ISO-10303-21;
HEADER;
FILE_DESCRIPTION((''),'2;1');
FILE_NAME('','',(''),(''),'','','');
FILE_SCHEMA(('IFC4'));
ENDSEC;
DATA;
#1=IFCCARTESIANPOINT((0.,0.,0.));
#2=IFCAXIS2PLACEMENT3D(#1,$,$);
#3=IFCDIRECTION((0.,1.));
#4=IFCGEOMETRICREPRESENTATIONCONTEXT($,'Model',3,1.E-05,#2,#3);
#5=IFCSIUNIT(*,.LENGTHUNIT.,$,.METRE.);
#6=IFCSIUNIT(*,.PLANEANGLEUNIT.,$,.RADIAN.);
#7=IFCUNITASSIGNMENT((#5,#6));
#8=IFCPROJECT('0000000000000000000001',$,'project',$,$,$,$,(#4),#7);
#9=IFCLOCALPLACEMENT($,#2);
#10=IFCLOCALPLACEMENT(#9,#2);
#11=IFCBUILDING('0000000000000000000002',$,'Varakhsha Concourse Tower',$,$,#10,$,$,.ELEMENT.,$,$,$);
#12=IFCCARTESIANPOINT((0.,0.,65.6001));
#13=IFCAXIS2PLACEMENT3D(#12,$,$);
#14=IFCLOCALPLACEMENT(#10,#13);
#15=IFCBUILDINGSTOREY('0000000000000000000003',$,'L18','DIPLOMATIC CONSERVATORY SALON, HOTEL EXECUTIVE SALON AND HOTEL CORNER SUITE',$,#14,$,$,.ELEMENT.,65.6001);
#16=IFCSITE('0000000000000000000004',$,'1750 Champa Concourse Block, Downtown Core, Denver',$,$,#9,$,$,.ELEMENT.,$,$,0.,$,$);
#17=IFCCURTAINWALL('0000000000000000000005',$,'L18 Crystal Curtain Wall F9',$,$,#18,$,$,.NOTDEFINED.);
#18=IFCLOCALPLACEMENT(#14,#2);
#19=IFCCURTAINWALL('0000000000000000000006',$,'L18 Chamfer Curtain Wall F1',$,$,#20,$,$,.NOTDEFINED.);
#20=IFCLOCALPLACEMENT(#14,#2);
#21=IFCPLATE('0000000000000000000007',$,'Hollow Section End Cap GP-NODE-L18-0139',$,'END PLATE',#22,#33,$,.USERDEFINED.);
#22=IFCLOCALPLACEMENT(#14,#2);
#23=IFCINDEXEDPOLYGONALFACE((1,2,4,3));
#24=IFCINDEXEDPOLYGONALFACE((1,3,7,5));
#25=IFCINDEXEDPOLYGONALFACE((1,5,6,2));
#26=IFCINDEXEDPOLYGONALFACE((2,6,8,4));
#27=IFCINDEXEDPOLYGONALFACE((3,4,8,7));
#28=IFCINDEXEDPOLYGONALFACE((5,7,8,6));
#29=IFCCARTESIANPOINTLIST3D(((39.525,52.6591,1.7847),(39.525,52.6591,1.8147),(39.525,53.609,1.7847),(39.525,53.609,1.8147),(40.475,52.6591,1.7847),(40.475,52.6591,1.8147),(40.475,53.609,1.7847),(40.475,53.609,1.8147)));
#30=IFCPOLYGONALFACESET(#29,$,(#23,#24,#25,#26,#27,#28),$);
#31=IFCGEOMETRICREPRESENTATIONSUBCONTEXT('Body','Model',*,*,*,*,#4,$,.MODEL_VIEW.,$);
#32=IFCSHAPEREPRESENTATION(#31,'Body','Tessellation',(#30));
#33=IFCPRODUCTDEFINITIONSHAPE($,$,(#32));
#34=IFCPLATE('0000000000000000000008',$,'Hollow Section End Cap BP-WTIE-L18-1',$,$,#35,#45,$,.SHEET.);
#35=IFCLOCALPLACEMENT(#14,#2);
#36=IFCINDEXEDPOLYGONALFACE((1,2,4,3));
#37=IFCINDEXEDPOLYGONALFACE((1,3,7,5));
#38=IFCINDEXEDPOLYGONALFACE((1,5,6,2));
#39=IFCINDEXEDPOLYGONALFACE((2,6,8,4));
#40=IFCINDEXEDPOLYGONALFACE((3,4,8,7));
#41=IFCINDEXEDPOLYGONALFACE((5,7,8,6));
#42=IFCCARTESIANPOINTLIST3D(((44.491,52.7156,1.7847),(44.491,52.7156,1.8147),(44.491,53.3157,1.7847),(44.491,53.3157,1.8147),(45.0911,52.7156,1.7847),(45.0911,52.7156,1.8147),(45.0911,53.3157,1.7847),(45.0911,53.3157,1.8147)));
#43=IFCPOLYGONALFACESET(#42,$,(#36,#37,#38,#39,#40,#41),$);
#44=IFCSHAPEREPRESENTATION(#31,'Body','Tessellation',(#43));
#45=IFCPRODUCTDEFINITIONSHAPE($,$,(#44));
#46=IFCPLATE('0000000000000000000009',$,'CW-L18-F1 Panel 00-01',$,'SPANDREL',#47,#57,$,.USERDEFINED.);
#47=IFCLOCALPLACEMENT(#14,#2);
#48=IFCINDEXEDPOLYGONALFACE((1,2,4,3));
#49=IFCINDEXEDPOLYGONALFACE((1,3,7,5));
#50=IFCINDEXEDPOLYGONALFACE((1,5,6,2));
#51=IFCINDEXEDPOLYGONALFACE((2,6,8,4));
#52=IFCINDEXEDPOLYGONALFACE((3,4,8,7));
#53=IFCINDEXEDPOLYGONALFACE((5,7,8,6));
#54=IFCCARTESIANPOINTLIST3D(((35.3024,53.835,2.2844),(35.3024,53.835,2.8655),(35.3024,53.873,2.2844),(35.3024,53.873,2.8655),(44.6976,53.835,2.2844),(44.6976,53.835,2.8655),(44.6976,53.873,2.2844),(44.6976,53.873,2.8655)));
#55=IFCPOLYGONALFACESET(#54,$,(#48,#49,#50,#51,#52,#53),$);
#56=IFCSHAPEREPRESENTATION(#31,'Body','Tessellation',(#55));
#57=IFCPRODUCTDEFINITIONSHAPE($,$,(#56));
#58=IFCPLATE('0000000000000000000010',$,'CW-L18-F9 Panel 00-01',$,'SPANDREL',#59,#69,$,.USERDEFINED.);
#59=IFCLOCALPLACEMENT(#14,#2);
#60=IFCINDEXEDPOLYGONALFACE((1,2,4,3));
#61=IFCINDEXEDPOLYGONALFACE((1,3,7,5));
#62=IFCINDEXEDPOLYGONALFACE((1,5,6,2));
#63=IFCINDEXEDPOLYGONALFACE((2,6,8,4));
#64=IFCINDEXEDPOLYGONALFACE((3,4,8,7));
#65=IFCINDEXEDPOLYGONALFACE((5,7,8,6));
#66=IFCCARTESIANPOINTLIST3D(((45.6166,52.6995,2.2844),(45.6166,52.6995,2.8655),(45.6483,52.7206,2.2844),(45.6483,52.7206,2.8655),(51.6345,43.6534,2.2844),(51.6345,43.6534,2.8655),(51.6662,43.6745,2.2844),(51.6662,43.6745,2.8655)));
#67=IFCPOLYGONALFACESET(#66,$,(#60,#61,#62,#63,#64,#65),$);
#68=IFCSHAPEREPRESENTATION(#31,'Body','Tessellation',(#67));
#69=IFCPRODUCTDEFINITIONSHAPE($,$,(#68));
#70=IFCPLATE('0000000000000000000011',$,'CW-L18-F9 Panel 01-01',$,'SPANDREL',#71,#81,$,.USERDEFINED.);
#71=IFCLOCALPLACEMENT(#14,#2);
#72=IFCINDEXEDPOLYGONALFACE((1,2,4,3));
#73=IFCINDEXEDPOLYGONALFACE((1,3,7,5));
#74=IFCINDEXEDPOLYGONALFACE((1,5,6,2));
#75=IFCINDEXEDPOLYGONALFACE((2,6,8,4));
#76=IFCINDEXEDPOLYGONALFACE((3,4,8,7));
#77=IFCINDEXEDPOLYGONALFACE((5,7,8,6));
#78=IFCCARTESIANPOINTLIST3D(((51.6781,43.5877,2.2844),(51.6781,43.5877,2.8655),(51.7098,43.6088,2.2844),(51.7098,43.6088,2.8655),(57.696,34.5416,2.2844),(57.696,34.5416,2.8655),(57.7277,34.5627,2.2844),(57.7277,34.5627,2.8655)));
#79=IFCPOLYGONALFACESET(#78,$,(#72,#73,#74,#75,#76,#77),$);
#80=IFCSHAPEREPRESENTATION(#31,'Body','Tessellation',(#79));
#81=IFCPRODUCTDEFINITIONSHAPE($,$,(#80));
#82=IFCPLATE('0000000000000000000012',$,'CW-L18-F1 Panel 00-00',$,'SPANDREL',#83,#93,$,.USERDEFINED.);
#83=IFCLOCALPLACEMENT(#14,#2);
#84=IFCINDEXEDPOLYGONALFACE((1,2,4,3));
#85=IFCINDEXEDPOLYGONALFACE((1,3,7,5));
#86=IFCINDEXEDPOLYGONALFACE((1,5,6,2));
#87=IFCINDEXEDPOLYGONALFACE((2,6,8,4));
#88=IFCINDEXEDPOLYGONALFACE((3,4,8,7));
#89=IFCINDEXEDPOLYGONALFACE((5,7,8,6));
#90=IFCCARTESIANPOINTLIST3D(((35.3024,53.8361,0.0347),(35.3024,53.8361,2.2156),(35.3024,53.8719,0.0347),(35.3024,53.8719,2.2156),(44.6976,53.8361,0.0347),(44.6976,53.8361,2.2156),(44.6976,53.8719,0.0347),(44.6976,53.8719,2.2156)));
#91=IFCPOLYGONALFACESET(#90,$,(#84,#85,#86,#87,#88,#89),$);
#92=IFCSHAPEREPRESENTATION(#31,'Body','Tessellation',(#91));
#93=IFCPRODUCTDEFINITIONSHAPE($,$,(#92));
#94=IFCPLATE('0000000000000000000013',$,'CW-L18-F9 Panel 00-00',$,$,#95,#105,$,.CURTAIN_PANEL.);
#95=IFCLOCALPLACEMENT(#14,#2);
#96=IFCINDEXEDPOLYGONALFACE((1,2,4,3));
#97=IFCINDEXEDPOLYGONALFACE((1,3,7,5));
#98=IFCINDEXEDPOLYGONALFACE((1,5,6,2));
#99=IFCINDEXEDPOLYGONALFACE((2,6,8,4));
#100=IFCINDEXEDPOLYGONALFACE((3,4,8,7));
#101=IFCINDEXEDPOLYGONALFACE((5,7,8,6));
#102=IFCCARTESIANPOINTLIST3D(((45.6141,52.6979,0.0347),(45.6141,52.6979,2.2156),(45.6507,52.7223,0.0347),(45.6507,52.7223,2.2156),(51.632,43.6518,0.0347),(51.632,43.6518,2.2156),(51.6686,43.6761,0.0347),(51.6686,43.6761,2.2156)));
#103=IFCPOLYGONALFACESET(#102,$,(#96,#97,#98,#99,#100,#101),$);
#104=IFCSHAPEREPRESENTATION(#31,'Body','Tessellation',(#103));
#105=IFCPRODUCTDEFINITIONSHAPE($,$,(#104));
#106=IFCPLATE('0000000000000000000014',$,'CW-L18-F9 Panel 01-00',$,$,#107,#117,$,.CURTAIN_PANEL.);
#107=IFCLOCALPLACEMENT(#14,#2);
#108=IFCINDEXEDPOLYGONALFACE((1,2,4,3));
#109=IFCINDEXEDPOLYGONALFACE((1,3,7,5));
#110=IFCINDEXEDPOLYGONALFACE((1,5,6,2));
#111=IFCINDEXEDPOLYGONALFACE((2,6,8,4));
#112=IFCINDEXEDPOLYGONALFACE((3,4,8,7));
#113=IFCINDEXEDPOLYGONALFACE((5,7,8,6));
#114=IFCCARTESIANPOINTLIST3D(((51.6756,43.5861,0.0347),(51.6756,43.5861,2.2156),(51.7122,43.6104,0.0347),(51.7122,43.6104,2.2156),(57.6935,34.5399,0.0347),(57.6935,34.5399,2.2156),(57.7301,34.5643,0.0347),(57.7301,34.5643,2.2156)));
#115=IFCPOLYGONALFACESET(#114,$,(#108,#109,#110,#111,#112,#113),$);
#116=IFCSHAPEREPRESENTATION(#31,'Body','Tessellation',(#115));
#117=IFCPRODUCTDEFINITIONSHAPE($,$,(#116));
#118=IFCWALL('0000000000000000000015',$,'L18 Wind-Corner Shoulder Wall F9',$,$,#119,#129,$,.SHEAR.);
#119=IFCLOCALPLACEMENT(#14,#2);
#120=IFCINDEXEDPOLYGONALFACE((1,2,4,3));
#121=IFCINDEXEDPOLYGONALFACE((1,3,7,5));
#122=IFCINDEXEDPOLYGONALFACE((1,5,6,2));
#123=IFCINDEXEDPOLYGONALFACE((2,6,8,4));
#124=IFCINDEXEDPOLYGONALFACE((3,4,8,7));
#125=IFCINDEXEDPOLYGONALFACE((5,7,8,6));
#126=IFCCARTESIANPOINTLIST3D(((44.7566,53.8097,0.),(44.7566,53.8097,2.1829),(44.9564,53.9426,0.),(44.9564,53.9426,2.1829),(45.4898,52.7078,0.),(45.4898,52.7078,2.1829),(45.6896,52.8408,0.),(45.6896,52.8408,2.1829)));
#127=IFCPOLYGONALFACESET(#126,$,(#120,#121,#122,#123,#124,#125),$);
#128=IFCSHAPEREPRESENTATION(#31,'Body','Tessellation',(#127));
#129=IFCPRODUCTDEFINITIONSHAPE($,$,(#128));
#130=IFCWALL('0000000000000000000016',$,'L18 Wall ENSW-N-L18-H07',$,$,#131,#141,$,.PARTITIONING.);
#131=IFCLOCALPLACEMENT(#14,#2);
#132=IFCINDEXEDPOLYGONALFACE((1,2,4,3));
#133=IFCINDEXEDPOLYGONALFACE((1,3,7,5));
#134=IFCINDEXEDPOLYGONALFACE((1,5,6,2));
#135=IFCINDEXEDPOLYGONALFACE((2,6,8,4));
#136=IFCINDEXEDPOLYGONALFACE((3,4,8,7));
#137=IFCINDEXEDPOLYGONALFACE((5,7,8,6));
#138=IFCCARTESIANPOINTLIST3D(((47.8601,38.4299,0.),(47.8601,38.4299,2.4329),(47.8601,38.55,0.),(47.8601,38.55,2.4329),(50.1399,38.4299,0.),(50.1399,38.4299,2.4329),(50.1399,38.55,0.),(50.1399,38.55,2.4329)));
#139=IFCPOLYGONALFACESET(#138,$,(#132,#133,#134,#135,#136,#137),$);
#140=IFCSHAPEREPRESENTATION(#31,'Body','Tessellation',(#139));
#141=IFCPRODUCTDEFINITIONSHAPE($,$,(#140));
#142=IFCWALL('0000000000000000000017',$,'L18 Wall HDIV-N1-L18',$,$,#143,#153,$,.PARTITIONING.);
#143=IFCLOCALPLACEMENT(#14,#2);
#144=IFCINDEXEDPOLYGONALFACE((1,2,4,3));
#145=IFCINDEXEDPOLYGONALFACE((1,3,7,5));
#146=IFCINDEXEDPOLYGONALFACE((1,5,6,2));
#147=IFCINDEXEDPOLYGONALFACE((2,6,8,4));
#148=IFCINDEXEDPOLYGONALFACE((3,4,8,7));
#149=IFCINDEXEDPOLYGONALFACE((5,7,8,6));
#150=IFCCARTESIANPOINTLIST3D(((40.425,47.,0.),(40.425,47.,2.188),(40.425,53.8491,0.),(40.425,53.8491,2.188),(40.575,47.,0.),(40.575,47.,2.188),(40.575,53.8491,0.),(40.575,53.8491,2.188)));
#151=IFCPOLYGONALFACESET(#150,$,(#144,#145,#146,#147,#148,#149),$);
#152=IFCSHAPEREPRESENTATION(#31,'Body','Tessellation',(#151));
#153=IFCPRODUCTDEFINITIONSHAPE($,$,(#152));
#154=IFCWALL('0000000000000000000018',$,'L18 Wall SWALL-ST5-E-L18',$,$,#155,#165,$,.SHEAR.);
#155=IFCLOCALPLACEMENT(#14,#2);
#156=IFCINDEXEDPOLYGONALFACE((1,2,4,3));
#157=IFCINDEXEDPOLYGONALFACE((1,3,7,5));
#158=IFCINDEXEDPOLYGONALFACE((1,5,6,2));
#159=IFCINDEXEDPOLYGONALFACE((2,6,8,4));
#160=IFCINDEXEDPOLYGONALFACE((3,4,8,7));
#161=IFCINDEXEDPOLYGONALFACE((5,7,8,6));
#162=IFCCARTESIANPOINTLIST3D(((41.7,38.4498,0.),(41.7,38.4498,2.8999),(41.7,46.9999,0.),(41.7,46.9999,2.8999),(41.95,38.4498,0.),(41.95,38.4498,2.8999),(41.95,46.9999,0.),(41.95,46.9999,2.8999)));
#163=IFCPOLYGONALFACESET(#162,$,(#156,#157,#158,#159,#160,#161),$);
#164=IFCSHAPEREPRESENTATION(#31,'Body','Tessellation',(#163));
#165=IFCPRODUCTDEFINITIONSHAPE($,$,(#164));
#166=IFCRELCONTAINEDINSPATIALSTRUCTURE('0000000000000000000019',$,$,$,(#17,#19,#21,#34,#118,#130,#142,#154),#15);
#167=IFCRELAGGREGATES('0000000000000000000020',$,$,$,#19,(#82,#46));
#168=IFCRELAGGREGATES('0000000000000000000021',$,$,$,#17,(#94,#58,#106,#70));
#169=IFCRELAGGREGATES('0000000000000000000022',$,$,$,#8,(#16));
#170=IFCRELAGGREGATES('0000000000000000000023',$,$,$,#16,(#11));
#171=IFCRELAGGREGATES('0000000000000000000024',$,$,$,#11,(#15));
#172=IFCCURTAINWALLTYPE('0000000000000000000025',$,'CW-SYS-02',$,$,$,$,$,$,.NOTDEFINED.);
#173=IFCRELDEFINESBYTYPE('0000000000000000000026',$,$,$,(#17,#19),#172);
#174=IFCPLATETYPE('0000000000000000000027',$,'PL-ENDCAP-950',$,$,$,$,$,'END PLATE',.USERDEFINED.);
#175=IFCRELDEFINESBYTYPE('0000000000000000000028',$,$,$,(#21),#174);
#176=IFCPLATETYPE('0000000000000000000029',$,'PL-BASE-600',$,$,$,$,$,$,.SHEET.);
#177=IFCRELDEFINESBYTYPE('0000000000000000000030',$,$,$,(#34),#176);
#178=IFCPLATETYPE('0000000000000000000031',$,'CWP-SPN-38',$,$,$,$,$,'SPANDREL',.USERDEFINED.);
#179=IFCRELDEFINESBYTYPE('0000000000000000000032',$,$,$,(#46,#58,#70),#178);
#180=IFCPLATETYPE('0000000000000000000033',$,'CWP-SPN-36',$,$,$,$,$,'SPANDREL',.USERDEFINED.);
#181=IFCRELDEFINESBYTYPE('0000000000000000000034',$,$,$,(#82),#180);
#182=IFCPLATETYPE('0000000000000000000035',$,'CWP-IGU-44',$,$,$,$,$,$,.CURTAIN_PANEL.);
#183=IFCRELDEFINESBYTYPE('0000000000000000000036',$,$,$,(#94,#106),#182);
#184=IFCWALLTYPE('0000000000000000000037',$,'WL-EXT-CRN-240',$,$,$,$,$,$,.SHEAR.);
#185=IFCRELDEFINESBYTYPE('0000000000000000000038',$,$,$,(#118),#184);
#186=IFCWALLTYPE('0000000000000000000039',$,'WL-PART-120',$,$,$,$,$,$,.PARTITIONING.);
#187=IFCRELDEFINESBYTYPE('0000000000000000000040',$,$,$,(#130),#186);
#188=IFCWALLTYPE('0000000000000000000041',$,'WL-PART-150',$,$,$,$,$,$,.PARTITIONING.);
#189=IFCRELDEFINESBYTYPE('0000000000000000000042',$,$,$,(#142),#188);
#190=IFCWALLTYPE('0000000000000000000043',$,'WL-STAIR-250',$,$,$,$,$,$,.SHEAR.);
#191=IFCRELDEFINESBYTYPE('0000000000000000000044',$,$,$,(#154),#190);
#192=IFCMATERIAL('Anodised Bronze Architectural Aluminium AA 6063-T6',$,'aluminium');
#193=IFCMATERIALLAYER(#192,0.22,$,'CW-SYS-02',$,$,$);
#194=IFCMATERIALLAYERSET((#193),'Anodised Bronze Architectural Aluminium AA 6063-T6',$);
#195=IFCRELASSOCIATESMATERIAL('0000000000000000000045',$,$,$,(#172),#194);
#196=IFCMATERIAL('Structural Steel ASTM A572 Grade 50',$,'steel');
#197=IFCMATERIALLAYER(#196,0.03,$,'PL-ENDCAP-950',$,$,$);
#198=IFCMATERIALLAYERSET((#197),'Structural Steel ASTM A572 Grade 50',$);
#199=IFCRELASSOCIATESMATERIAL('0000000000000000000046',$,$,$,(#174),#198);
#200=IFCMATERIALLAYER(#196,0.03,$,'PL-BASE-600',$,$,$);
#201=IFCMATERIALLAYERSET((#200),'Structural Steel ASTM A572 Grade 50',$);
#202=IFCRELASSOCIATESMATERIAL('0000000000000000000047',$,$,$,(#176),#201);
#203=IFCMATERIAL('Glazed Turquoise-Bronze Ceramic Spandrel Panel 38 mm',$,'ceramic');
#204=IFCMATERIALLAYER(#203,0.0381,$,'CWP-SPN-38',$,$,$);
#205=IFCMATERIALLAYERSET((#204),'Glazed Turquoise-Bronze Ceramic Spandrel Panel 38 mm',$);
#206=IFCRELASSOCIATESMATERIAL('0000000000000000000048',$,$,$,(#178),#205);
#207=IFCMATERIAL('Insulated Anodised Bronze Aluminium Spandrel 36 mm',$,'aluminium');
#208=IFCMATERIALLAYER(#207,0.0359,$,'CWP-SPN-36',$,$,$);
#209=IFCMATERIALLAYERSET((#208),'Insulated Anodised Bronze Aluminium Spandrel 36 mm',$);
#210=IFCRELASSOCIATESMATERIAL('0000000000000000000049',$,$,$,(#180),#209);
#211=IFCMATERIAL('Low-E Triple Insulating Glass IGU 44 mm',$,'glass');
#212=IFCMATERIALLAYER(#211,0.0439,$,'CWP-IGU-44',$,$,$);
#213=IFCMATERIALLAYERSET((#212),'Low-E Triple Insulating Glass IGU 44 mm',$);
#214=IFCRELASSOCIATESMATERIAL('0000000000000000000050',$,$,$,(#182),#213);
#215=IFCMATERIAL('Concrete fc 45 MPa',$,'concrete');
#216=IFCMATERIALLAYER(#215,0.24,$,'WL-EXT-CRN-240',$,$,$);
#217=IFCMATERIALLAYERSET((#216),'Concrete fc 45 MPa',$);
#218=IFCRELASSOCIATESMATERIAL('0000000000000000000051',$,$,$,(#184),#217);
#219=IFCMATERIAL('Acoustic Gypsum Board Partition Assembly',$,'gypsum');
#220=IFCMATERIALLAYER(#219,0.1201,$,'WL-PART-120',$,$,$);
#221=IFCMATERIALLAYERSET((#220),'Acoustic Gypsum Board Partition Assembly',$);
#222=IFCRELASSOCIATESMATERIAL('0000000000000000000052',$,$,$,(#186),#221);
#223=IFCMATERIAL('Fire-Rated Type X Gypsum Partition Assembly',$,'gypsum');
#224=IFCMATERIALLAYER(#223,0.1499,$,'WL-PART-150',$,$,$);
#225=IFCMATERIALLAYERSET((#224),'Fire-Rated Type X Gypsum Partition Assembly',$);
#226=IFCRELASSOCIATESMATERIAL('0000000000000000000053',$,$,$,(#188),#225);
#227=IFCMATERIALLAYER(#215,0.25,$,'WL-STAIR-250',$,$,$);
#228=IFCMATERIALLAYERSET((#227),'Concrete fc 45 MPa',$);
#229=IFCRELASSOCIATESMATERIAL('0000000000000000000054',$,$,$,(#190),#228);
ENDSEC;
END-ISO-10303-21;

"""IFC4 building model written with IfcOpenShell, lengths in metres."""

from ifc_helpers import new_model, si_unit, direction, frame, frame_2d, origin, origin_2d, place, context, subcontext, project, spatial, rectangle, extrude, source, transform, mapped, material, layer, layer_set, type_object, type_shapes, element, aggregate, save


model = new_model("IFC4")

# Units and contexts
model_context = context("Model", 3, precision=1e-05, world=origin(), true_north=direction((0.0, 1.0)))
body_context = subcontext(model_context, "Body", "Model", "MODEL_VIEW")
ifc_project = project(units=[si_unit("LENGTHUNIT", "METRE"), si_unit("PLANEANGLEUNIT", "RADIAN")], contexts=[model_context])

# Site, building, storey
site_placement = place(None, origin())
site = spatial("IfcSite", under=ifc_project, at=site_placement, Name="1750 Champa Concourse Block, Downtown Core, Denver", CompositionType="ELEMENT", RefElevation=0.0)
building_placement = place(site_placement, origin())
building = spatial("IfcBuilding", under=site, at=building_placement, Name="Varakhsha Concourse Tower", CompositionType="ELEMENT")
storey_placement = place(building_placement, frame((0.0, 0.0, 65.6001)))
storey = spatial("IfcBuildingStorey", under=building, at=storey_placement, Name="L18", Description="DIPLOMATIC CONSERVATORY SALON, HOTEL EXECUTIVE SALON AND HOTEL CORNER SUITE", CompositionType="ELEMENT", Elevation=65.6001)

# Shared definitions
ifc_material_1 = material(Name="Structural Steel ASTM A572 Grade 50", Category="steel")

# Curtain walls
ifc_material_2 = material(Name="Anodised Bronze Architectural Aluminium AA 6063-T6", Category="aluminium")
ifc_layer_1 = layer(ifc_material_2, 0.22, Name="CW-SYS-02")
ifc_layer_set_1 = layer_set([ifc_layer_1], Name="Anodised Bronze Architectural Aluminium AA 6063-T6")
curtain_wall_type = type_object("IfcCurtainWallType", Name="CW-SYS-02", PredefinedType="NOTDEFINED", material=ifc_layer_set_1)
curtain_wall_1_placement = place(storey_placement, origin())
curtain_wall_1 = element("IfcCurtainWall", 1, at=curtain_wall_1_placement, inside=storey, type_object=curtain_wall_type, Name="L18 Crystal Curtain Wall F9", PredefinedType="NOTDEFINED")
curtain_wall_2_placement = place(storey_placement, origin())
curtain_wall_2 = element("IfcCurtainWall", 2, at=curtain_wall_2_placement, inside=storey, type_object=curtain_wall_type, Name="L18 Chamfer Curtain Wall F1", PredefinedType="NOTDEFINED")

# Plates
ifc_layer_2 = layer(ifc_material_1, 0.03, Name="PL-ENDCAP-950")
ifc_layer_set_2 = layer_set([ifc_layer_2], Name="Structural Steel ASTM A572 Grade 50")
plate_type_1 = type_object("IfcPlateType", Name="PL-ENDCAP-950", ElementType="END PLATE", PredefinedType="USERDEFINED", material=ifc_layer_set_2)
shared_shape_1 = source(origin(), body_context, "Body", "SweptSolid", [
    extrude(rectangle(XDim=0.95, YDim=0.95, at=origin_2d()), origin(), (0.0, 0.0, 1.0), 0.03),
])
type_shapes(plate_type_1, [shared_shape_1])
for number, where, z_axis, x_axis, name in (
    (3, (40.0, 53.134, 1.7847), (0.0, 0.0, 1.0), (1.0, 0.0, 0.0), "Hollow Section End Cap GP-NODE-L18-0139"),
):
    element("IfcPlate", number, at=place(storey_placement, frame(where, z_axis=z_axis, x_axis=x_axis)), inside=storey, type_object=plate_type_1, Name=name, ObjectType="END PLATE", PredefinedType="USERDEFINED", context=body_context, shape_type="MappedRepresentation", body=[
        mapped(shared_shape_1, transform((0.0, 0.0, 0.0), scale=1.0)),
    ])
ifc_layer_3 = layer(ifc_material_1, 0.03, Name="PL-BASE-600")
ifc_layer_set_3 = layer_set([ifc_layer_3], Name="Structural Steel ASTM A572 Grade 50")
plate_type_2 = type_object("IfcPlateType", Name="PL-BASE-600", PredefinedType="SHEET", material=ifc_layer_set_3)
shared_shape_2 = source(origin(), body_context, "Body", "SweptSolid", [
    extrude(rectangle(XDim=0.6001, YDim=0.6001, at=origin_2d()), origin(), (0.0, 0.0, 1.0), 0.03),
])
type_shapes(plate_type_2, [shared_shape_2])
plate_1_placement = place(storey_placement, frame((44.791, 53.0156, 1.7847), z_axis=(0.0, 0.0, 1.0), x_axis=(1.0, 0.0, 0.0)))
element("IfcPlate", 4, at=plate_1_placement, inside=storey, type_object=plate_type_2, Name="Hollow Section End Cap BP-WTIE-L18-1", PredefinedType="SHEET", context=body_context, shape_type="MappedRepresentation", body=[
    mapped(shared_shape_2, transform((0.0, 0.0, 0.0), scale=1.0)),
])

# Plates
ifc_material_3 = material(Name="Glazed Turquoise-Bronze Ceramic Spandrel Panel 38 mm", Category="ceramic")
ifc_layer_4 = layer(ifc_material_3, 0.0381, Name="CWP-SPN-38")
ifc_layer_set_4 = layer_set([ifc_layer_4], Name="Glazed Turquoise-Bronze Ceramic Spandrel Panel 38 mm")
plate_type_3 = type_object("IfcPlateType", Name="CWP-SPN-38", ElementType="SPANDREL", PredefinedType="USERDEFINED", material=ifc_layer_set_4)
shared_shape_3 = source(origin(), body_context, "Body", "SweptSolid", [
    extrude(rectangle(XDim=9.3953, YDim=0.0381, at=origin_2d()), origin(), (0.0, 0.0, 1.0), 0.5811),
])
plate_2_placement = place(storey_placement, frame((40.0, 53.854, 2.2844), z_axis=(0.0, 0.0, 1.0), x_axis=(1.0, 0.0, 0.0)))
plate_2 = element("IfcPlate", 5, at=plate_2_placement, type_object=plate_type_3, Name="CW-L18-F1 Panel 00-01", ObjectType="SPANDREL", PredefinedType="USERDEFINED", context=body_context, shape_type="MappedRepresentation", body=[
    mapped(shared_shape_3, transform((0.0, 0.0, 0.0), scale=1.0)),
])
shared_shape_4 = source(origin(), body_context, "Body", "SweptSolid", [
    extrude(rectangle(XDim=10.865, YDim=0.0381, at=origin_2d()), origin(), (0.0, 0.0, 1.0), 0.5811),
])
type_shapes(plate_type_3, [shared_shape_3, shared_shape_4])
plate_3_placement = place(storey_placement, frame((48.6414, 48.187, 2.2844), z_axis=(0.0, 0.0, 1.0), x_axis=(0.55388, -0.832597, 0.0)))
plate_3 = element("IfcPlate", 6, at=plate_3_placement, type_object=plate_type_3, Name="CW-L18-F9 Panel 00-01", ObjectType="SPANDREL", PredefinedType="USERDEFINED", context=body_context, shape_type="MappedRepresentation", body=[
    mapped(shared_shape_4, transform((0.0, 0.0, 0.0), scale=1.0)),
])
plate_4_placement = place(storey_placement, frame((54.7029, 39.0752, 2.2844), z_axis=(0.0, 0.0, 1.0), x_axis=(0.55388, -0.832597, 0.0)))
plate_4 = element("IfcPlate", 7, at=plate_4_placement, type_object=plate_type_3, Name="CW-L18-F9 Panel 01-01", ObjectType="SPANDREL", PredefinedType="USERDEFINED", context=body_context, shape_type="MappedRepresentation", body=[
    mapped(shared_shape_4, transform((0.0, 0.0, 0.0), scale=1.0)),
])
ifc_material_4 = material(Name="Insulated Anodised Bronze Aluminium Spandrel 36 mm", Category="aluminium")
ifc_layer_5 = layer(ifc_material_4, 0.0359, Name="CWP-SPN-36")
ifc_layer_set_5 = layer_set([ifc_layer_5], Name="Insulated Anodised Bronze Aluminium Spandrel 36 mm")
plate_type_4 = type_object("IfcPlateType", Name="CWP-SPN-36", ElementType="SPANDREL", PredefinedType="USERDEFINED", material=ifc_layer_set_5)
shared_shape_5 = source(origin(), body_context, "Body", "SweptSolid", [
    extrude(rectangle(XDim=9.3953, YDim=0.0359, at=origin_2d()), origin(), (0.0, 0.0, 1.0), 2.1809),
])
type_shapes(plate_type_4, [shared_shape_5])
plate_5_placement = place(storey_placement, frame((40.0, 53.854, 0.0347), z_axis=(0.0, 0.0, 1.0), x_axis=(1.0, 0.0, 0.0)))
plate_5 = element("IfcPlate", 8, at=plate_5_placement, type_object=plate_type_4, Name="CW-L18-F1 Panel 00-00", ObjectType="SPANDREL", PredefinedType="USERDEFINED", context=body_context, shape_type="MappedRepresentation", body=[
    mapped(shared_shape_5, transform((0.0, 0.0, 0.0), scale=1.0)),
])
aggregate(curtain_wall_2, [plate_5, plate_2])
ifc_material_5 = material(Name="Low-E Triple Insulating Glass IGU 44 mm", Category="glass")
ifc_layer_6 = layer(ifc_material_5, 0.0439, Name="CWP-IGU-44")
ifc_layer_set_6 = layer_set([ifc_layer_6], Name="Low-E Triple Insulating Glass IGU 44 mm")
plate_type_5 = type_object("IfcPlateType", Name="CWP-IGU-44", PredefinedType="CURTAIN_PANEL", material=ifc_layer_set_6)
shared_shape_6 = source(origin(), body_context, "Body", "SweptSolid", [
    extrude(rectangle(XDim=10.865, YDim=0.0439, at=origin_2d()), origin(), (0.0, 0.0, 1.0), 2.1809),
])
type_shapes(plate_type_5, [shared_shape_6])
plate_6_placement = place(storey_placement, frame((48.6414, 48.187, 0.0347), z_axis=(0.0, 0.0, 1.0), x_axis=(0.55388, -0.832597, 0.0)))
plate_6 = element("IfcPlate", 9, at=plate_6_placement, type_object=plate_type_5, Name="CW-L18-F9 Panel 00-00", PredefinedType="CURTAIN_PANEL", context=body_context, shape_type="MappedRepresentation", body=[
    mapped(shared_shape_6, transform((0.0, 0.0, 0.0), scale=1.0)),
])
plate_7_placement = place(storey_placement, frame((54.7029, 39.0752, 0.0347), z_axis=(0.0, 0.0, 1.0), x_axis=(0.55388, -0.832597, 0.0)))
plate_7 = element("IfcPlate", 10, at=plate_7_placement, type_object=plate_type_5, Name="CW-L18-F9 Panel 01-00", PredefinedType="CURTAIN_PANEL", context=body_context, shape_type="MappedRepresentation", body=[
    mapped(shared_shape_6, transform((0.0, 0.0, 0.0), scale=1.0)),
])
aggregate(curtain_wall_1, [plate_6, plate_3, plate_7, plate_4])

# Walls
ifc_material_6 = material(Name="Concrete fc 45 MPa", Category="concrete")
ifc_layer_7 = layer(ifc_material_6, 0.24, Name="WL-EXT-CRN-240")
ifc_layer_set_7 = layer_set([ifc_layer_7], Name="Concrete fc 45 MPa")
wall_type_1 = type_object("IfcWallType", Name="WL-EXT-CRN-240", PredefinedType="SHEAR", material=ifc_layer_set_7)
wall_1_placement = place(storey_placement, frame((45.5896, 52.7744, 0.0), z_axis=(0.0, 0.0, 1.0), x_axis=(-0.553976, 0.832532, 0.0)))
element("IfcWall", 11, at=wall_1_placement, inside=storey, type_object=wall_type_1, Name="L18 Wind-Corner Shoulder Wall F9", PredefinedType="SHEAR", context=body_context, shape_type="SweptSolid", body=[
    extrude(rectangle(XDim=1.3235, YDim=0.24, at=frame_2d((0.6616, 0.0))), origin(), (0.0, 0.0, 1.0), 2.1829),
])
ifc_material_7 = material(Name="Acoustic Gypsum Board Partition Assembly", Category="gypsum")
ifc_layer_8 = layer(ifc_material_7, 0.1201, Name="WL-PART-120")
ifc_layer_set_8 = layer_set([ifc_layer_8], Name="Acoustic Gypsum Board Partition Assembly")
wall_type_2 = type_object("IfcWallType", Name="WL-PART-120", PredefinedType="PARTITIONING", material=ifc_layer_set_8)
wall_2_placement = place(storey_placement, frame((47.8601, 38.49, 0.0), z_axis=(0.0, 0.0, 1.0), x_axis=(1.0, 0.0, 0.0)))
element("IfcWall", 12, at=wall_2_placement, inside=storey, type_object=wall_type_2, Name="L18 Wall ENSW-N-L18-H07", PredefinedType="PARTITIONING", context=body_context, shape_type="SweptSolid", body=[
    extrude(rectangle(XDim=2.2798, YDim=0.1201, at=frame_2d((1.1399, 0.0))), origin(), (0.0, 0.0, 1.0), 2.4329),
])
ifc_material_8 = material(Name="Fire-Rated Type X Gypsum Partition Assembly", Category="gypsum")
ifc_layer_9 = layer(ifc_material_8, 0.1499, Name="WL-PART-150")
ifc_layer_set_9 = layer_set([ifc_layer_9], Name="Fire-Rated Type X Gypsum Partition Assembly")
wall_type_3 = type_object("IfcWallType", Name="WL-PART-150", PredefinedType="PARTITIONING", material=ifc_layer_set_9)
wall_3_placement = place(storey_placement, frame((40.5, 47.0, 0.0), z_axis=(0.0, 0.0, 1.0), x_axis=(0.0, 1.0, 0.0)))
element("IfcWall", 13, at=wall_3_placement, inside=storey, type_object=wall_type_3, Name="L18 Wall HDIV-N1-L18", PredefinedType="PARTITIONING", context=body_context, shape_type="SweptSolid", body=[
    extrude(rectangle(XDim=6.8491, YDim=0.1499, at=frame_2d((3.4246, 0.0))), origin(), (0.0, 0.0, 1.0), 2.188),
])
ifc_layer_10 = layer(ifc_material_6, 0.25, Name="WL-STAIR-250")
ifc_layer_set_10 = layer_set([ifc_layer_10], Name="Concrete fc 45 MPa")
wall_type_4 = type_object("IfcWallType", Name="WL-STAIR-250", PredefinedType="SHEAR", material=ifc_layer_set_10)
wall_4_placement = place(storey_placement, frame((41.825, 38.45, 0.0), z_axis=(0.0, 0.0, 1.0), x_axis=(0.0, 1.0, 0.0)))
element("IfcWall", 14, at=wall_4_placement, inside=storey, type_object=wall_type_4, Name="L18 Wall SWALL-ST5-E-L18", PredefinedType="SHEAR", context=body_context, shape_type="SweptSolid", body=[
    extrude(rectangle(XDim=8.55, YDim=0.25, at=frame_2d((4.2749, 0.0))), origin(), (0.0, 0.0, 1.0), 2.8999),
])

save(model, "model.ifc")
